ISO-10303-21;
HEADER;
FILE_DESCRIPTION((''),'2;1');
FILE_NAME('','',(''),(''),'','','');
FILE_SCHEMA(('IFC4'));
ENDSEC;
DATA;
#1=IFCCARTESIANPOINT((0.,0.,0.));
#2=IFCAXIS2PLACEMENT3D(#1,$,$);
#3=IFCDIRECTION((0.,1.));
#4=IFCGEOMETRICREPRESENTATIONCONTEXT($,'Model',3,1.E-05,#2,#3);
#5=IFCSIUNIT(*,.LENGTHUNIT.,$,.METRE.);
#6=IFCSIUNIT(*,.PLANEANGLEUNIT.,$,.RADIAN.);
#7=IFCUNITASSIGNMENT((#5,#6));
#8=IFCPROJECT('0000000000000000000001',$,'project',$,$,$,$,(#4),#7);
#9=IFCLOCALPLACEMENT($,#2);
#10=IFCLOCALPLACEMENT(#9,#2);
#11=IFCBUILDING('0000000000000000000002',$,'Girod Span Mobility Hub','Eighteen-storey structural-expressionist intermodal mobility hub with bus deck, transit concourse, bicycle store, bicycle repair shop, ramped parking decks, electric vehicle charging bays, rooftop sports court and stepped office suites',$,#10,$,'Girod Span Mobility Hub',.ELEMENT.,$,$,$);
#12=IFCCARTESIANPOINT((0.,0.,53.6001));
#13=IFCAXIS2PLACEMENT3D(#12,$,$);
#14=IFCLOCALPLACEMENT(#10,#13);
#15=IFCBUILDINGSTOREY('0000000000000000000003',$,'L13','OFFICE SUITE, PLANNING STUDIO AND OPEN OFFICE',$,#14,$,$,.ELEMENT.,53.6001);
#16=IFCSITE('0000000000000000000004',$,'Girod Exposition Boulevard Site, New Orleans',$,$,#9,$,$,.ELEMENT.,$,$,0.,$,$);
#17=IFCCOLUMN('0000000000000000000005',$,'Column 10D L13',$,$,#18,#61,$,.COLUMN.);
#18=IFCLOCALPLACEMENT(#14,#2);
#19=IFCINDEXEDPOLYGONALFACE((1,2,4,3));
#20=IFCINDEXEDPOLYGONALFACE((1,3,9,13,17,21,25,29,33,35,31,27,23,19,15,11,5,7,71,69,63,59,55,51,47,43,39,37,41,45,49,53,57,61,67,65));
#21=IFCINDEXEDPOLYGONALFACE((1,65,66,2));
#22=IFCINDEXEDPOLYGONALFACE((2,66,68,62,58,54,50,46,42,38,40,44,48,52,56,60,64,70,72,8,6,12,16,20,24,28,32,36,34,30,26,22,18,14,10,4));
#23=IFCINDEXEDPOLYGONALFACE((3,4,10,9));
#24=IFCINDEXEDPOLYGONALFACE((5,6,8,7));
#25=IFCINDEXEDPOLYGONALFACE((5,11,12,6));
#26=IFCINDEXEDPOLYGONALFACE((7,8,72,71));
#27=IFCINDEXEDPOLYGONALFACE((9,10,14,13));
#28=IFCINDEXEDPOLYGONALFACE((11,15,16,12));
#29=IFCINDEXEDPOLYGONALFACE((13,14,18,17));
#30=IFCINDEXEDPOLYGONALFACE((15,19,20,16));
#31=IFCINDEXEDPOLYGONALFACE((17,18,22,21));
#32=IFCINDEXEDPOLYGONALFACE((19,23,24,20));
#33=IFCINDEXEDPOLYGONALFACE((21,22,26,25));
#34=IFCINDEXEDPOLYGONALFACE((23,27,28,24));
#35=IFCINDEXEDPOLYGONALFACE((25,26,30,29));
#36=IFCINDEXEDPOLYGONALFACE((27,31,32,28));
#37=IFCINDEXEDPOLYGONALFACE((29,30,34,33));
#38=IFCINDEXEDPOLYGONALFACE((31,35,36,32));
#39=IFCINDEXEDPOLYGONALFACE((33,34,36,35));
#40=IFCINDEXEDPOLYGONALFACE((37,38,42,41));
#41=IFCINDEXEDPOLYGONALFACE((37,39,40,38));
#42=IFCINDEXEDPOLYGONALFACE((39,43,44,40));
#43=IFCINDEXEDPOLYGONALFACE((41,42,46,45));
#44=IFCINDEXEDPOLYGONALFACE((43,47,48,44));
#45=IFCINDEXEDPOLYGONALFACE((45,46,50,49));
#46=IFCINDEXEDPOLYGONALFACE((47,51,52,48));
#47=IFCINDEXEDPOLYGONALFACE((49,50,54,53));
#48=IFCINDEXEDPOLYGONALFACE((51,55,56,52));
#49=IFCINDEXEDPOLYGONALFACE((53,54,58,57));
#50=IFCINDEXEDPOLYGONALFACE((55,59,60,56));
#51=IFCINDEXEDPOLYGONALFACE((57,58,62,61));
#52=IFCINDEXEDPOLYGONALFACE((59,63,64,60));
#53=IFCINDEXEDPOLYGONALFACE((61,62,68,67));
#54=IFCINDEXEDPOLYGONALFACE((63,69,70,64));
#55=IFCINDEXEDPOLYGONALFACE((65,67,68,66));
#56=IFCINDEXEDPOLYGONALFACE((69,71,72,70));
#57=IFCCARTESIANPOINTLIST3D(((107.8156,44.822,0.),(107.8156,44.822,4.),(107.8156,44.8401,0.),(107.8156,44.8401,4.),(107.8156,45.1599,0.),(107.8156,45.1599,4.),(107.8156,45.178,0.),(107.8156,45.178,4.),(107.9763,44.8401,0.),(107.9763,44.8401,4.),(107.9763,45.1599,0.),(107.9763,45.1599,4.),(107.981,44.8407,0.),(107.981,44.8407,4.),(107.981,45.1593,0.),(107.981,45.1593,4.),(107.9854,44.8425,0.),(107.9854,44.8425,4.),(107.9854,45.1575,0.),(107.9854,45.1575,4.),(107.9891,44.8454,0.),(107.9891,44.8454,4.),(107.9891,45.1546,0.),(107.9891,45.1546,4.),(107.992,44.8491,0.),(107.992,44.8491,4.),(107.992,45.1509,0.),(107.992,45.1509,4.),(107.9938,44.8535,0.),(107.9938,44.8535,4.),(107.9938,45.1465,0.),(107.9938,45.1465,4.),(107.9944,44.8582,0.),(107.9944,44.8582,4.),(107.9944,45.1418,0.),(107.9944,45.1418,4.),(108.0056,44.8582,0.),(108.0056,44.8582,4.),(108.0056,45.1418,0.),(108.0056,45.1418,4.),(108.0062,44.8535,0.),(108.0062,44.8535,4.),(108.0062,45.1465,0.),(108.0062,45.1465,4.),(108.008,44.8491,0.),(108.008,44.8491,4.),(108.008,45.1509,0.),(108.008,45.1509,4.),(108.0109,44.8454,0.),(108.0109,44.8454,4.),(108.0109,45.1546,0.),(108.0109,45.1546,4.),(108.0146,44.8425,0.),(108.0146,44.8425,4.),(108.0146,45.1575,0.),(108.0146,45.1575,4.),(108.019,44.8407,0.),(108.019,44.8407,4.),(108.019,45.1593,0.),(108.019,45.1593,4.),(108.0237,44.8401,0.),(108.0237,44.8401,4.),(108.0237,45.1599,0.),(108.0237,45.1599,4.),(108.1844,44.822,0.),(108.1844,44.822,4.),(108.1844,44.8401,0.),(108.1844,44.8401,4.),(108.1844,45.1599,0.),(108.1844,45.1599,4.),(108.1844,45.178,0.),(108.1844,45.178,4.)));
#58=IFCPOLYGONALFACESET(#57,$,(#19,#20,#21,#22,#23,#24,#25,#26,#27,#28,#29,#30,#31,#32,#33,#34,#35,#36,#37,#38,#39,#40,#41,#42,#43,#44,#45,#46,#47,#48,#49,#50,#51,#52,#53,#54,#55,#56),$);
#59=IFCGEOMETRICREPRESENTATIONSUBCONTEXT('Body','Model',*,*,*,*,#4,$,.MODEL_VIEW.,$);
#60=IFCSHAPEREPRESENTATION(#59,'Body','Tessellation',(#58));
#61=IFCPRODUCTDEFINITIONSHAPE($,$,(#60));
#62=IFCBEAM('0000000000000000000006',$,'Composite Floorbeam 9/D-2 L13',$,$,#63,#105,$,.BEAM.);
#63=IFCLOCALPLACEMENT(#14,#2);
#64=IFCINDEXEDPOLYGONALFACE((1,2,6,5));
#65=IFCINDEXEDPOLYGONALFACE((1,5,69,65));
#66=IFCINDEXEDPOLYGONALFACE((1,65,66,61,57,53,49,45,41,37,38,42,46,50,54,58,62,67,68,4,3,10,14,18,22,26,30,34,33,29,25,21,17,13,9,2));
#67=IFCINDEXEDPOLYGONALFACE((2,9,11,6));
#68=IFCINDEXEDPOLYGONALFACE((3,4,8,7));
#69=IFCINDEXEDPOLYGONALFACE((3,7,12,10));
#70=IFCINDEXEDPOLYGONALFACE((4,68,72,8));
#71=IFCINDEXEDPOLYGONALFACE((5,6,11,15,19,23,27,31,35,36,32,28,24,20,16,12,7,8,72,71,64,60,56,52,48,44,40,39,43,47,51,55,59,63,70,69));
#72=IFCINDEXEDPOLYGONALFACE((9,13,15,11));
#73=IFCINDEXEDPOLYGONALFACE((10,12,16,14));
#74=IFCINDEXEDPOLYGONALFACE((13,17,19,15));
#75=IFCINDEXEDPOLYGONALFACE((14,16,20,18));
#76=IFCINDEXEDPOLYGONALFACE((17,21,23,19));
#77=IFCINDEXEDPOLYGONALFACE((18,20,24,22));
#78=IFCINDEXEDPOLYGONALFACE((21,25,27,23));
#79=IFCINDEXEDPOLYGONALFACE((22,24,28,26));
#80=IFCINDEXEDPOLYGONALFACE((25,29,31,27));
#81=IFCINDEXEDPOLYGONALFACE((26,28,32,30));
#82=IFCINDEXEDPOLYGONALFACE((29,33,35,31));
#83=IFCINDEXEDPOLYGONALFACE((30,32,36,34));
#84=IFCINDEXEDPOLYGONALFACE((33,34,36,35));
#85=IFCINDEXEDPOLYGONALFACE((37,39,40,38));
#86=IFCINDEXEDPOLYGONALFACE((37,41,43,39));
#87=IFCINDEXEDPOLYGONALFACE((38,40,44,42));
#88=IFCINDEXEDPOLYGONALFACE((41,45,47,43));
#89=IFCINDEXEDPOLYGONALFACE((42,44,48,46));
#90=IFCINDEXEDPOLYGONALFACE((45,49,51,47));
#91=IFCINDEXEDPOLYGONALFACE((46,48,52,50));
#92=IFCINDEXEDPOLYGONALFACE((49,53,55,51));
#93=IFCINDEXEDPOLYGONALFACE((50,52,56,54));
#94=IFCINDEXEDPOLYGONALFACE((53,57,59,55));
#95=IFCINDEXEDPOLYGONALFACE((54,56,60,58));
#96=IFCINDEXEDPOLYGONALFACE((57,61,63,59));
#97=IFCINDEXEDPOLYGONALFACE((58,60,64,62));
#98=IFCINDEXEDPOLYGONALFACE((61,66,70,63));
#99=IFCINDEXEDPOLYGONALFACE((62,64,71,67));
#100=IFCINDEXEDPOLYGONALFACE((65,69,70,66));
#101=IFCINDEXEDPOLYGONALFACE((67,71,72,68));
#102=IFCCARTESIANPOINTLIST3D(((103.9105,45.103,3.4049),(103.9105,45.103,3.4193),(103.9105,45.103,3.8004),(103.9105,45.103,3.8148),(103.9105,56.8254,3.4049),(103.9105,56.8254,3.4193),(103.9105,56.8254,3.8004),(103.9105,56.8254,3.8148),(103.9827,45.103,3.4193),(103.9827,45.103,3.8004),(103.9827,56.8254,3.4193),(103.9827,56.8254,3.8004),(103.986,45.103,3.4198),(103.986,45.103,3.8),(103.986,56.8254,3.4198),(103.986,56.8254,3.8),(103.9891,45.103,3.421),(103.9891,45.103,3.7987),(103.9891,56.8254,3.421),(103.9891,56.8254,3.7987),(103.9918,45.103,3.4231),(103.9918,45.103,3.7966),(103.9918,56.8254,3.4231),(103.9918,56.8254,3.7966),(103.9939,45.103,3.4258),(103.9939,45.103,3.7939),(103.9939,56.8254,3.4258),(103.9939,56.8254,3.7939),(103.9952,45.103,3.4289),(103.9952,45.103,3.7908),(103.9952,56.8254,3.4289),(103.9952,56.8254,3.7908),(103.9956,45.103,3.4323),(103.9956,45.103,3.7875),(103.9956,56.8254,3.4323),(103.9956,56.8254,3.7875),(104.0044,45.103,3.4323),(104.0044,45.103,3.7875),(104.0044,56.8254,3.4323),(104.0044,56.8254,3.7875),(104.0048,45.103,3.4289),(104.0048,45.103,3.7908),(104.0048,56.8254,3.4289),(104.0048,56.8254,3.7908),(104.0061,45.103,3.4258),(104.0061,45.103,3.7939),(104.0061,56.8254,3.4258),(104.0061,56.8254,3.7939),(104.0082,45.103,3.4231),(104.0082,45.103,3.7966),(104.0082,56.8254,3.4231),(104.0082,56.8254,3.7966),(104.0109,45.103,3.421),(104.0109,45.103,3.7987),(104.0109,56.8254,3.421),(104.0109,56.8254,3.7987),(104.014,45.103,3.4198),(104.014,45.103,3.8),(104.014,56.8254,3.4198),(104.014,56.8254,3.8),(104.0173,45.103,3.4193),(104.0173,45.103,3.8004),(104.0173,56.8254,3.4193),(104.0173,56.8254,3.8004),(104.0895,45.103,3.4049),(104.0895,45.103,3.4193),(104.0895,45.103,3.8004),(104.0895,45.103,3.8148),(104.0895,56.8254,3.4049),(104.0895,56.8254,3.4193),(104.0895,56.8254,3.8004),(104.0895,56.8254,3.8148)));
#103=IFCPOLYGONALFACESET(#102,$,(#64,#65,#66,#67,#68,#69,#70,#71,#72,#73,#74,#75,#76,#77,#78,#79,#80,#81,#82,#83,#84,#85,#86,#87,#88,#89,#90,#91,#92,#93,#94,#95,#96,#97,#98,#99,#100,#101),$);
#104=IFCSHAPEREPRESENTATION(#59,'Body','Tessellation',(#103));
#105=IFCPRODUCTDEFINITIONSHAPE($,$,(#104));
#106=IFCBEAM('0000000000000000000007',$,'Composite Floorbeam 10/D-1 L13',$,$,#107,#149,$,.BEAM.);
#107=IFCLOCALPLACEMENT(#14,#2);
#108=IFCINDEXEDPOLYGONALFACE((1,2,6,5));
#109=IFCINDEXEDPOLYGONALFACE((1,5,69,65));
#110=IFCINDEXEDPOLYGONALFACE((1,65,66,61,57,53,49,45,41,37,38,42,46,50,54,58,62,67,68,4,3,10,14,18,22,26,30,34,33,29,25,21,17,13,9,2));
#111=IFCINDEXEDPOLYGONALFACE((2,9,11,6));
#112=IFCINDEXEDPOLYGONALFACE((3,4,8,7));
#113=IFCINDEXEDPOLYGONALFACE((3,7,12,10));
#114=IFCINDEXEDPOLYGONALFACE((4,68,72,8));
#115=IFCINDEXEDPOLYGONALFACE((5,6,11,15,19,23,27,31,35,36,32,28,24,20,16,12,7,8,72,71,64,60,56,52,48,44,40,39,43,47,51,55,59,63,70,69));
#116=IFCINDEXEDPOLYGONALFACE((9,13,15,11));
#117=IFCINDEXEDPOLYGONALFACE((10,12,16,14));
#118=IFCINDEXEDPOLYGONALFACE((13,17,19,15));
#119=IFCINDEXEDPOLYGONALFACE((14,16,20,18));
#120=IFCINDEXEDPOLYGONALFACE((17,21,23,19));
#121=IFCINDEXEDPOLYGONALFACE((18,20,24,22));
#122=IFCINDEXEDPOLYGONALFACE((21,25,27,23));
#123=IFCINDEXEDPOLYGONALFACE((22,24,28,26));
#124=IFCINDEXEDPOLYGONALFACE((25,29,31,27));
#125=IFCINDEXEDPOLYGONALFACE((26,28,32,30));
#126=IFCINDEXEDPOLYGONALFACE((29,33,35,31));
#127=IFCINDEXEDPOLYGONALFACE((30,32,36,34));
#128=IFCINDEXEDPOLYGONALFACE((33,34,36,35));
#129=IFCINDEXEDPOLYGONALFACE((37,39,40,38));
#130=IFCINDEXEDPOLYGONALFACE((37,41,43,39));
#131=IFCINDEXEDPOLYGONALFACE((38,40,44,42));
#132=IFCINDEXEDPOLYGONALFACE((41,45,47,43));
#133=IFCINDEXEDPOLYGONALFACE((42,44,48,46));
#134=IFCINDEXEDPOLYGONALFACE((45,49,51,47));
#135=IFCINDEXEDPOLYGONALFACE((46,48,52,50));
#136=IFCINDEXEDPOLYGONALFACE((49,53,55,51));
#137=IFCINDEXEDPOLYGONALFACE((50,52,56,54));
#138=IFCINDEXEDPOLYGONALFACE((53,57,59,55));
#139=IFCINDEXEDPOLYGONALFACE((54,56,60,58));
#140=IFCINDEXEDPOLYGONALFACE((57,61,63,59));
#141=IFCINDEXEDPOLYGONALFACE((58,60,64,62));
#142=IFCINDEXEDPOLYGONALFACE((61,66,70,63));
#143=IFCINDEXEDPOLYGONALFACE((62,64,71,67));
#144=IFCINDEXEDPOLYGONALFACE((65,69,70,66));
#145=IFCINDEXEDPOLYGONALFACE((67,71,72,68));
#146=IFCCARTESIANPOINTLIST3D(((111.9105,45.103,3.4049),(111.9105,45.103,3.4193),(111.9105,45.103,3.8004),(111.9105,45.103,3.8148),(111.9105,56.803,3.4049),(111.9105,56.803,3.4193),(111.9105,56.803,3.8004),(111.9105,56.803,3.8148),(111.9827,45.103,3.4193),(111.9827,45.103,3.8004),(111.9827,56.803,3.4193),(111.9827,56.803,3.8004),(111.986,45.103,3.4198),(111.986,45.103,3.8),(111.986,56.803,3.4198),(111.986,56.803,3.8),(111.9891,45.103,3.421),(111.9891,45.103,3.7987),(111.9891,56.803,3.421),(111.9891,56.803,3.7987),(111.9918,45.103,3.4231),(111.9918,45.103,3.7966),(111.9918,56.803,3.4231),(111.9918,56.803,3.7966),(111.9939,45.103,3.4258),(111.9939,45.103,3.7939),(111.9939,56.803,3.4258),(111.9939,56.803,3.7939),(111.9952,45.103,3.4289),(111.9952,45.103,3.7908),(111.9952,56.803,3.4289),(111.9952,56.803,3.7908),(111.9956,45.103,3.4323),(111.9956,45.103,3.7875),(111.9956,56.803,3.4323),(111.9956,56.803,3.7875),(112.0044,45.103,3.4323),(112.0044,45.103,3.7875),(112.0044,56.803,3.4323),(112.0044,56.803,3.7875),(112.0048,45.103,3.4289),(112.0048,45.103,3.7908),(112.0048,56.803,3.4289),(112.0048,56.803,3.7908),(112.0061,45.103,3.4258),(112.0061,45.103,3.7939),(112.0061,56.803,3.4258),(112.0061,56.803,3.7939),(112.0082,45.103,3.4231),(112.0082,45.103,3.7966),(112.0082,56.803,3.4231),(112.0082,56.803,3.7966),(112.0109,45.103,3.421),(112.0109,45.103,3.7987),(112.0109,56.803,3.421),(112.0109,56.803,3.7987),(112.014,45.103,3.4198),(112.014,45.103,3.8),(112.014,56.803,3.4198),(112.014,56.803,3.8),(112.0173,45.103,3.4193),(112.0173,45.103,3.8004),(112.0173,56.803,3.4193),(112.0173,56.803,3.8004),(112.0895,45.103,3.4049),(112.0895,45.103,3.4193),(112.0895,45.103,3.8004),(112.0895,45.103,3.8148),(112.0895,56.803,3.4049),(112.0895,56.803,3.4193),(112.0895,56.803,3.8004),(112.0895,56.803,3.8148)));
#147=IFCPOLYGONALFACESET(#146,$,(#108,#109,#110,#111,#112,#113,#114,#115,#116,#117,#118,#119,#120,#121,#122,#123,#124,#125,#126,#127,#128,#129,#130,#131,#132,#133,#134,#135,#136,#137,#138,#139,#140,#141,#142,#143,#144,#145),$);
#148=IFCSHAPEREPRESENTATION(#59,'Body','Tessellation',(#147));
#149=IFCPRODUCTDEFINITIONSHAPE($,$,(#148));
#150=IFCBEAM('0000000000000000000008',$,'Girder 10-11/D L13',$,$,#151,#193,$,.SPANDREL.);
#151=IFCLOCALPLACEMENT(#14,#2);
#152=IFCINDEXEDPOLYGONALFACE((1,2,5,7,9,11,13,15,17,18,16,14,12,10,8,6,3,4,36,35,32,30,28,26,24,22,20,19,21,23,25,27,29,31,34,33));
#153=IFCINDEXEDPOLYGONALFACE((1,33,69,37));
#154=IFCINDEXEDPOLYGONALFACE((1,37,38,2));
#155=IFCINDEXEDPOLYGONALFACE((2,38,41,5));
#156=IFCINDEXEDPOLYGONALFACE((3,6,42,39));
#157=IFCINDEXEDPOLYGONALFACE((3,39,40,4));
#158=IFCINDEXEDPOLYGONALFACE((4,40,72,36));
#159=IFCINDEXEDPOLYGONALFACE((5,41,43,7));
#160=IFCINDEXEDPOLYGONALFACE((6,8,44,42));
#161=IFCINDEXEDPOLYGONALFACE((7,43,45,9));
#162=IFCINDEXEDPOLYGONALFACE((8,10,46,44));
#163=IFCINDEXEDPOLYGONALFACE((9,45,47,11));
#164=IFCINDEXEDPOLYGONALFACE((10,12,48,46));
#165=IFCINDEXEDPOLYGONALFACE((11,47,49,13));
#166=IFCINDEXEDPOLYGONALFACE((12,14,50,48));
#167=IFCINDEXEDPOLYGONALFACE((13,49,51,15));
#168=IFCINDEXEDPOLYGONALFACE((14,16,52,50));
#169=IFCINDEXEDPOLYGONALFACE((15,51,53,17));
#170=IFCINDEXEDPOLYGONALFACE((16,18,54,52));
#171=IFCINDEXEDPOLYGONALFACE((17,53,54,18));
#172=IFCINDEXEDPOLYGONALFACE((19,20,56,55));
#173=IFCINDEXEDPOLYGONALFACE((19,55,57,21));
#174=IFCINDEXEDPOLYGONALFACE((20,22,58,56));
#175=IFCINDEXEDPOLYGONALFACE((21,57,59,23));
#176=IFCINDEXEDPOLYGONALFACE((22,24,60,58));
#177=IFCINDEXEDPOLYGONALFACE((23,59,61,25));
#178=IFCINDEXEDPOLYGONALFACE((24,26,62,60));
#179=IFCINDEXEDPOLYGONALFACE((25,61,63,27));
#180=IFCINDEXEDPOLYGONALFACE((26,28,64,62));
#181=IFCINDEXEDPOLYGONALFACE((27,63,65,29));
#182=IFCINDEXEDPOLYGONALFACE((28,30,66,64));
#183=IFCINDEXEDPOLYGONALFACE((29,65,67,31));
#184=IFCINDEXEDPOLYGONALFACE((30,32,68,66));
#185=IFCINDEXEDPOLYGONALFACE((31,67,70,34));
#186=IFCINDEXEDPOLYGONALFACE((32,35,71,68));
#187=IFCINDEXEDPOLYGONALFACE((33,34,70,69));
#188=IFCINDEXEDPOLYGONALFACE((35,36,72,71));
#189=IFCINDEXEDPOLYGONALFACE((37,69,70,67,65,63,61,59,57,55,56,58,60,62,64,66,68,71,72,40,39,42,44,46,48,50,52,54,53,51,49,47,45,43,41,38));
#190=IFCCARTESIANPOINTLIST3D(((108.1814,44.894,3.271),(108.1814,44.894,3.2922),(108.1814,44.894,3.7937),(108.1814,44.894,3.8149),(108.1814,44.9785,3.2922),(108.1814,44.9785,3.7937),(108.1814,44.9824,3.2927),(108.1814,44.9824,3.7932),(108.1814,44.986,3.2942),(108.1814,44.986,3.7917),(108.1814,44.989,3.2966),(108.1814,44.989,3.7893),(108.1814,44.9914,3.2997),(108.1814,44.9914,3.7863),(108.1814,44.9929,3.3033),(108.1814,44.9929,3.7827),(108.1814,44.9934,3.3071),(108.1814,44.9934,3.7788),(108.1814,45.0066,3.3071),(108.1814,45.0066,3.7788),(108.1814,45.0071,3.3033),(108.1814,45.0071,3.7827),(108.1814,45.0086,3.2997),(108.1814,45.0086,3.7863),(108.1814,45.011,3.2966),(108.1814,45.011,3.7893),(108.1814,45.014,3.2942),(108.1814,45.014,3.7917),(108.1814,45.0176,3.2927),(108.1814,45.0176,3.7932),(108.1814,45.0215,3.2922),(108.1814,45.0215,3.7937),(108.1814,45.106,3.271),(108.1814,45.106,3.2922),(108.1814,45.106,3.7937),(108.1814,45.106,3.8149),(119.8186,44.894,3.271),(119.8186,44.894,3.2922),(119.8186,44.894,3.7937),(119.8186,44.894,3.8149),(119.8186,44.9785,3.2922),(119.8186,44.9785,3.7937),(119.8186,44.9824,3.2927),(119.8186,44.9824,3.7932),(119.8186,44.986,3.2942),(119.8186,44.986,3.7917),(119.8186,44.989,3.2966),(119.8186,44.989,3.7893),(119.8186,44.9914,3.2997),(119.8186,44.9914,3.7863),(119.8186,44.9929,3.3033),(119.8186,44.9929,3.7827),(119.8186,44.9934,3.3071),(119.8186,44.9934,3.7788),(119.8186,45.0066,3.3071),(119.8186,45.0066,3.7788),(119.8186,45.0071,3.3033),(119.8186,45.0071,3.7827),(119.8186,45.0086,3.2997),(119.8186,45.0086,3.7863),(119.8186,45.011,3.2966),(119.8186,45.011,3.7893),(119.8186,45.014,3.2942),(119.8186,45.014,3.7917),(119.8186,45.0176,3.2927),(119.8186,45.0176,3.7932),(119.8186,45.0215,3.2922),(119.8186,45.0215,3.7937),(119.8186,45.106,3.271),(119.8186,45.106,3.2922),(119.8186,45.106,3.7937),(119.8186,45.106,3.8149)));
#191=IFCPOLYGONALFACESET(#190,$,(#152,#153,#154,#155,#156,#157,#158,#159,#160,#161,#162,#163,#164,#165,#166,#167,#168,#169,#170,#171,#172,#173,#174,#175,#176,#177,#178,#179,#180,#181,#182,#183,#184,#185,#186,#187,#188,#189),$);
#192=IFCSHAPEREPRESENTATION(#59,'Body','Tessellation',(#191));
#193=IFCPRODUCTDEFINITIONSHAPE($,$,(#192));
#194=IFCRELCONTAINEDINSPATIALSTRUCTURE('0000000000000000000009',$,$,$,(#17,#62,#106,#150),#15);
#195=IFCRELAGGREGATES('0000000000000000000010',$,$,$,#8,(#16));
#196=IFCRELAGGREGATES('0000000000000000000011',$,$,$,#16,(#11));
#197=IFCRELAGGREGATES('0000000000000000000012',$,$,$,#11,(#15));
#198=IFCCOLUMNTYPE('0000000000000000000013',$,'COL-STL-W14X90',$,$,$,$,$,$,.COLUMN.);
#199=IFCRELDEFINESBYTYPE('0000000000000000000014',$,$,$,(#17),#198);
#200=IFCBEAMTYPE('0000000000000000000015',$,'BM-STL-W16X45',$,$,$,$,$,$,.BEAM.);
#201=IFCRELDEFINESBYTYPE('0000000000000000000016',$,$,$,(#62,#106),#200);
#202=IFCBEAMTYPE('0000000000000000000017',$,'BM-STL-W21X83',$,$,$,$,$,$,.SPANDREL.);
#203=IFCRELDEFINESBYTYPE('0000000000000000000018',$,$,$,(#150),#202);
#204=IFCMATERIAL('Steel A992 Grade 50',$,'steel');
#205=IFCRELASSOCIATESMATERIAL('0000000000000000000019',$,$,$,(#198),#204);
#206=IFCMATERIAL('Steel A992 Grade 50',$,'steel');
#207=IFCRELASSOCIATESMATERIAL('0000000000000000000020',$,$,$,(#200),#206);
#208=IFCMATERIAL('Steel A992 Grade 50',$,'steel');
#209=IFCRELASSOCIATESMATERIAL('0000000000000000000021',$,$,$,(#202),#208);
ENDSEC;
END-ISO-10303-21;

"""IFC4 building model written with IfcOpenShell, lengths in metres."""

from ifc_helpers import new_model, si_unit, direction, frame, origin, origin_2d, place, context, subcontext, project, spatial, i_section, extrude, material, material_profile, profile_set, type_object, element, save


model = new_model("IFC4")

# Units and contexts
model_context = context("Model", 3, precision=1e-05, world=origin(), true_north=direction((0.0, 1.0)))
body_context = subcontext(model_context, "Body", "Model", "MODEL_VIEW")
ifc_project = project(units=[si_unit("LENGTHUNIT", "METRE"), si_unit("PLANEANGLEUNIT", "RADIAN")], contexts=[model_context])

# Site, building, storey
site_placement = place(None, origin())
site = spatial("IfcSite", under=ifc_project, at=site_placement, Name="Girod Exposition Boulevard Site, New Orleans", CompositionType="ELEMENT", RefElevation=0.0)
building_placement = place(site_placement, origin())
building = spatial("IfcBuilding", under=site, at=building_placement, Name="Girod Span Mobility Hub", Description="Eighteen-storey structural-expressionist intermodal mobility hub with bus deck, transit concourse, bicycle store, bicycle repair shop, ramped parking decks, electric vehicle charging bays, rooftop sports court and stepped office suites", LongName="Girod Span Mobility Hub", CompositionType="ELEMENT")
storey_placement = place(building_placement, frame((0.0, 0.0, 53.6001)))
storey = spatial("IfcBuildingStorey", under=building, at=storey_placement, Name="L13", Description="OFFICE SUITE, PLANNING STUDIO AND OPEN OFFICE", CompositionType="ELEMENT", Elevation=53.6001)

# Column
ifc_material_1 = material(Name="Steel A992 Grade 50", Category="steel")
ifc_material_profile_1 = material_profile(ifc_material_1, i_section(OverallWidth=0.3689, OverallDepth=0.356, WebThickness=0.0112, FlangeThickness=0.0181, FilletRadius=0.0181, at=origin_2d()), Name="W14X90")
ifc_profile_set_1 = profile_set([ifc_material_profile_1], Name="Steel A992 Grade 50")
column_type = type_object("IfcColumnType", Name="COL-STL-W14X90", PredefinedType="COLUMN", material=ifc_profile_set_1)
column_placement = place(storey_placement, frame((108.0, 45.0, 0.0), z_axis=(0.0, 0.0, 1.0), x_axis=(1.0, 0.0, 0.0)))
element("IfcColumn", 1, at=column_placement, inside=storey, type_object=column_type, Name="Column 10D L13", PredefinedType="COLUMN", context=body_context, shape_type="SweptSolid", body=[
    extrude(i_section(OverallWidth=0.3689, OverallDepth=0.356, WebThickness=0.0112, FlangeThickness=0.0181, FilletRadius=0.0181, at=origin_2d()), origin(), (0.0, 0.0, 1.0), 4.0),
])

# Beams
ifc_material_2 = material(Name="Steel A992 Grade 50", Category="steel")
ifc_material_profile_2 = material_profile(ifc_material_2, i_section(OverallWidth=0.179, OverallDepth=0.4099, WebThickness=0.0088, FlangeThickness=0.0144, FilletRadius=0.0129, at=origin_2d()), Name="W16X45")
ifc_profile_set_2 = profile_set([ifc_material_profile_2], Name="Steel A992 Grade 50")
beam_type_1 = type_object("IfcBeamType", Name="BM-STL-W16X45", PredefinedType="BEAM", material=ifc_profile_set_2)
beam_1_placement = place(storey_placement, frame((104.0, 45.103, 3.6099), z_axis=(0.0, 1.0, 0.0), x_axis=(-1.0, 0.0, 0.0)))
element("IfcBeam", 2, at=beam_1_placement, inside=storey, type_object=beam_type_1, Name="Composite Floorbeam 9/D-2 L13", PredefinedType="BEAM", context=body_context, shape_type="SweptSolid", body=[
    extrude(i_section(OverallWidth=0.179, OverallDepth=0.4099, WebThickness=0.0088, FlangeThickness=0.0144, FilletRadius=0.0129, at=origin_2d()), origin(), (0.0, 0.0, 1.0), 11.7224),
])
beam_2_placement = place(storey_placement, frame((112.0, 45.103, 3.6099), z_axis=(0.0, 1.0, 0.0), x_axis=(-1.0, 0.0, 0.0)))
element("IfcBeam", 3, at=beam_2_placement, inside=storey, type_object=beam_type_1, Name="Composite Floorbeam 10/D-1 L13", PredefinedType="BEAM", context=body_context, shape_type="SweptSolid", body=[
    extrude(i_section(OverallWidth=0.179, OverallDepth=0.4099, WebThickness=0.0088, FlangeThickness=0.0144, FilletRadius=0.0129, at=origin_2d()), origin(), (0.0, 0.0, 1.0), 11.7),
])
ifc_material_3 = material(Name="Steel A992 Grade 50", Category="steel")
ifc_material_profile_3 = material_profile(ifc_material_3, i_section(OverallWidth=0.2119, OverallDepth=0.5439, WebThickness=0.0132, FlangeThickness=0.0212, FilletRadius=0.0149, at=origin_2d()), Name="W21X83")
ifc_profile_set_3 = profile_set([ifc_material_profile_3], Name="Steel A992 Grade 50")
beam_type_2 = type_object("IfcBeamType", Name="BM-STL-W21X83", PredefinedType="SPANDREL", material=ifc_profile_set_3)
beam_3_placement = place(storey_placement, frame((108.1814, 45.0, 3.543), z_axis=(1.0, 0.0, 0.0), x_axis=(0.0, 1.0, 0.0)))
element("IfcBeam", 4, at=beam_3_placement, inside=storey, type_object=beam_type_2, Name="Girder 10-11/D L13", PredefinedType="SPANDREL", context=body_context, shape_type="SweptSolid", body=[
    extrude(i_section(OverallWidth=0.2119, OverallDepth=0.5439, WebThickness=0.0132, FlangeThickness=0.0212, FilletRadius=0.0149, at=origin_2d()), origin(), (0.0, 0.0, 1.0), 11.6372),
])

save(model, "model.ifc")
